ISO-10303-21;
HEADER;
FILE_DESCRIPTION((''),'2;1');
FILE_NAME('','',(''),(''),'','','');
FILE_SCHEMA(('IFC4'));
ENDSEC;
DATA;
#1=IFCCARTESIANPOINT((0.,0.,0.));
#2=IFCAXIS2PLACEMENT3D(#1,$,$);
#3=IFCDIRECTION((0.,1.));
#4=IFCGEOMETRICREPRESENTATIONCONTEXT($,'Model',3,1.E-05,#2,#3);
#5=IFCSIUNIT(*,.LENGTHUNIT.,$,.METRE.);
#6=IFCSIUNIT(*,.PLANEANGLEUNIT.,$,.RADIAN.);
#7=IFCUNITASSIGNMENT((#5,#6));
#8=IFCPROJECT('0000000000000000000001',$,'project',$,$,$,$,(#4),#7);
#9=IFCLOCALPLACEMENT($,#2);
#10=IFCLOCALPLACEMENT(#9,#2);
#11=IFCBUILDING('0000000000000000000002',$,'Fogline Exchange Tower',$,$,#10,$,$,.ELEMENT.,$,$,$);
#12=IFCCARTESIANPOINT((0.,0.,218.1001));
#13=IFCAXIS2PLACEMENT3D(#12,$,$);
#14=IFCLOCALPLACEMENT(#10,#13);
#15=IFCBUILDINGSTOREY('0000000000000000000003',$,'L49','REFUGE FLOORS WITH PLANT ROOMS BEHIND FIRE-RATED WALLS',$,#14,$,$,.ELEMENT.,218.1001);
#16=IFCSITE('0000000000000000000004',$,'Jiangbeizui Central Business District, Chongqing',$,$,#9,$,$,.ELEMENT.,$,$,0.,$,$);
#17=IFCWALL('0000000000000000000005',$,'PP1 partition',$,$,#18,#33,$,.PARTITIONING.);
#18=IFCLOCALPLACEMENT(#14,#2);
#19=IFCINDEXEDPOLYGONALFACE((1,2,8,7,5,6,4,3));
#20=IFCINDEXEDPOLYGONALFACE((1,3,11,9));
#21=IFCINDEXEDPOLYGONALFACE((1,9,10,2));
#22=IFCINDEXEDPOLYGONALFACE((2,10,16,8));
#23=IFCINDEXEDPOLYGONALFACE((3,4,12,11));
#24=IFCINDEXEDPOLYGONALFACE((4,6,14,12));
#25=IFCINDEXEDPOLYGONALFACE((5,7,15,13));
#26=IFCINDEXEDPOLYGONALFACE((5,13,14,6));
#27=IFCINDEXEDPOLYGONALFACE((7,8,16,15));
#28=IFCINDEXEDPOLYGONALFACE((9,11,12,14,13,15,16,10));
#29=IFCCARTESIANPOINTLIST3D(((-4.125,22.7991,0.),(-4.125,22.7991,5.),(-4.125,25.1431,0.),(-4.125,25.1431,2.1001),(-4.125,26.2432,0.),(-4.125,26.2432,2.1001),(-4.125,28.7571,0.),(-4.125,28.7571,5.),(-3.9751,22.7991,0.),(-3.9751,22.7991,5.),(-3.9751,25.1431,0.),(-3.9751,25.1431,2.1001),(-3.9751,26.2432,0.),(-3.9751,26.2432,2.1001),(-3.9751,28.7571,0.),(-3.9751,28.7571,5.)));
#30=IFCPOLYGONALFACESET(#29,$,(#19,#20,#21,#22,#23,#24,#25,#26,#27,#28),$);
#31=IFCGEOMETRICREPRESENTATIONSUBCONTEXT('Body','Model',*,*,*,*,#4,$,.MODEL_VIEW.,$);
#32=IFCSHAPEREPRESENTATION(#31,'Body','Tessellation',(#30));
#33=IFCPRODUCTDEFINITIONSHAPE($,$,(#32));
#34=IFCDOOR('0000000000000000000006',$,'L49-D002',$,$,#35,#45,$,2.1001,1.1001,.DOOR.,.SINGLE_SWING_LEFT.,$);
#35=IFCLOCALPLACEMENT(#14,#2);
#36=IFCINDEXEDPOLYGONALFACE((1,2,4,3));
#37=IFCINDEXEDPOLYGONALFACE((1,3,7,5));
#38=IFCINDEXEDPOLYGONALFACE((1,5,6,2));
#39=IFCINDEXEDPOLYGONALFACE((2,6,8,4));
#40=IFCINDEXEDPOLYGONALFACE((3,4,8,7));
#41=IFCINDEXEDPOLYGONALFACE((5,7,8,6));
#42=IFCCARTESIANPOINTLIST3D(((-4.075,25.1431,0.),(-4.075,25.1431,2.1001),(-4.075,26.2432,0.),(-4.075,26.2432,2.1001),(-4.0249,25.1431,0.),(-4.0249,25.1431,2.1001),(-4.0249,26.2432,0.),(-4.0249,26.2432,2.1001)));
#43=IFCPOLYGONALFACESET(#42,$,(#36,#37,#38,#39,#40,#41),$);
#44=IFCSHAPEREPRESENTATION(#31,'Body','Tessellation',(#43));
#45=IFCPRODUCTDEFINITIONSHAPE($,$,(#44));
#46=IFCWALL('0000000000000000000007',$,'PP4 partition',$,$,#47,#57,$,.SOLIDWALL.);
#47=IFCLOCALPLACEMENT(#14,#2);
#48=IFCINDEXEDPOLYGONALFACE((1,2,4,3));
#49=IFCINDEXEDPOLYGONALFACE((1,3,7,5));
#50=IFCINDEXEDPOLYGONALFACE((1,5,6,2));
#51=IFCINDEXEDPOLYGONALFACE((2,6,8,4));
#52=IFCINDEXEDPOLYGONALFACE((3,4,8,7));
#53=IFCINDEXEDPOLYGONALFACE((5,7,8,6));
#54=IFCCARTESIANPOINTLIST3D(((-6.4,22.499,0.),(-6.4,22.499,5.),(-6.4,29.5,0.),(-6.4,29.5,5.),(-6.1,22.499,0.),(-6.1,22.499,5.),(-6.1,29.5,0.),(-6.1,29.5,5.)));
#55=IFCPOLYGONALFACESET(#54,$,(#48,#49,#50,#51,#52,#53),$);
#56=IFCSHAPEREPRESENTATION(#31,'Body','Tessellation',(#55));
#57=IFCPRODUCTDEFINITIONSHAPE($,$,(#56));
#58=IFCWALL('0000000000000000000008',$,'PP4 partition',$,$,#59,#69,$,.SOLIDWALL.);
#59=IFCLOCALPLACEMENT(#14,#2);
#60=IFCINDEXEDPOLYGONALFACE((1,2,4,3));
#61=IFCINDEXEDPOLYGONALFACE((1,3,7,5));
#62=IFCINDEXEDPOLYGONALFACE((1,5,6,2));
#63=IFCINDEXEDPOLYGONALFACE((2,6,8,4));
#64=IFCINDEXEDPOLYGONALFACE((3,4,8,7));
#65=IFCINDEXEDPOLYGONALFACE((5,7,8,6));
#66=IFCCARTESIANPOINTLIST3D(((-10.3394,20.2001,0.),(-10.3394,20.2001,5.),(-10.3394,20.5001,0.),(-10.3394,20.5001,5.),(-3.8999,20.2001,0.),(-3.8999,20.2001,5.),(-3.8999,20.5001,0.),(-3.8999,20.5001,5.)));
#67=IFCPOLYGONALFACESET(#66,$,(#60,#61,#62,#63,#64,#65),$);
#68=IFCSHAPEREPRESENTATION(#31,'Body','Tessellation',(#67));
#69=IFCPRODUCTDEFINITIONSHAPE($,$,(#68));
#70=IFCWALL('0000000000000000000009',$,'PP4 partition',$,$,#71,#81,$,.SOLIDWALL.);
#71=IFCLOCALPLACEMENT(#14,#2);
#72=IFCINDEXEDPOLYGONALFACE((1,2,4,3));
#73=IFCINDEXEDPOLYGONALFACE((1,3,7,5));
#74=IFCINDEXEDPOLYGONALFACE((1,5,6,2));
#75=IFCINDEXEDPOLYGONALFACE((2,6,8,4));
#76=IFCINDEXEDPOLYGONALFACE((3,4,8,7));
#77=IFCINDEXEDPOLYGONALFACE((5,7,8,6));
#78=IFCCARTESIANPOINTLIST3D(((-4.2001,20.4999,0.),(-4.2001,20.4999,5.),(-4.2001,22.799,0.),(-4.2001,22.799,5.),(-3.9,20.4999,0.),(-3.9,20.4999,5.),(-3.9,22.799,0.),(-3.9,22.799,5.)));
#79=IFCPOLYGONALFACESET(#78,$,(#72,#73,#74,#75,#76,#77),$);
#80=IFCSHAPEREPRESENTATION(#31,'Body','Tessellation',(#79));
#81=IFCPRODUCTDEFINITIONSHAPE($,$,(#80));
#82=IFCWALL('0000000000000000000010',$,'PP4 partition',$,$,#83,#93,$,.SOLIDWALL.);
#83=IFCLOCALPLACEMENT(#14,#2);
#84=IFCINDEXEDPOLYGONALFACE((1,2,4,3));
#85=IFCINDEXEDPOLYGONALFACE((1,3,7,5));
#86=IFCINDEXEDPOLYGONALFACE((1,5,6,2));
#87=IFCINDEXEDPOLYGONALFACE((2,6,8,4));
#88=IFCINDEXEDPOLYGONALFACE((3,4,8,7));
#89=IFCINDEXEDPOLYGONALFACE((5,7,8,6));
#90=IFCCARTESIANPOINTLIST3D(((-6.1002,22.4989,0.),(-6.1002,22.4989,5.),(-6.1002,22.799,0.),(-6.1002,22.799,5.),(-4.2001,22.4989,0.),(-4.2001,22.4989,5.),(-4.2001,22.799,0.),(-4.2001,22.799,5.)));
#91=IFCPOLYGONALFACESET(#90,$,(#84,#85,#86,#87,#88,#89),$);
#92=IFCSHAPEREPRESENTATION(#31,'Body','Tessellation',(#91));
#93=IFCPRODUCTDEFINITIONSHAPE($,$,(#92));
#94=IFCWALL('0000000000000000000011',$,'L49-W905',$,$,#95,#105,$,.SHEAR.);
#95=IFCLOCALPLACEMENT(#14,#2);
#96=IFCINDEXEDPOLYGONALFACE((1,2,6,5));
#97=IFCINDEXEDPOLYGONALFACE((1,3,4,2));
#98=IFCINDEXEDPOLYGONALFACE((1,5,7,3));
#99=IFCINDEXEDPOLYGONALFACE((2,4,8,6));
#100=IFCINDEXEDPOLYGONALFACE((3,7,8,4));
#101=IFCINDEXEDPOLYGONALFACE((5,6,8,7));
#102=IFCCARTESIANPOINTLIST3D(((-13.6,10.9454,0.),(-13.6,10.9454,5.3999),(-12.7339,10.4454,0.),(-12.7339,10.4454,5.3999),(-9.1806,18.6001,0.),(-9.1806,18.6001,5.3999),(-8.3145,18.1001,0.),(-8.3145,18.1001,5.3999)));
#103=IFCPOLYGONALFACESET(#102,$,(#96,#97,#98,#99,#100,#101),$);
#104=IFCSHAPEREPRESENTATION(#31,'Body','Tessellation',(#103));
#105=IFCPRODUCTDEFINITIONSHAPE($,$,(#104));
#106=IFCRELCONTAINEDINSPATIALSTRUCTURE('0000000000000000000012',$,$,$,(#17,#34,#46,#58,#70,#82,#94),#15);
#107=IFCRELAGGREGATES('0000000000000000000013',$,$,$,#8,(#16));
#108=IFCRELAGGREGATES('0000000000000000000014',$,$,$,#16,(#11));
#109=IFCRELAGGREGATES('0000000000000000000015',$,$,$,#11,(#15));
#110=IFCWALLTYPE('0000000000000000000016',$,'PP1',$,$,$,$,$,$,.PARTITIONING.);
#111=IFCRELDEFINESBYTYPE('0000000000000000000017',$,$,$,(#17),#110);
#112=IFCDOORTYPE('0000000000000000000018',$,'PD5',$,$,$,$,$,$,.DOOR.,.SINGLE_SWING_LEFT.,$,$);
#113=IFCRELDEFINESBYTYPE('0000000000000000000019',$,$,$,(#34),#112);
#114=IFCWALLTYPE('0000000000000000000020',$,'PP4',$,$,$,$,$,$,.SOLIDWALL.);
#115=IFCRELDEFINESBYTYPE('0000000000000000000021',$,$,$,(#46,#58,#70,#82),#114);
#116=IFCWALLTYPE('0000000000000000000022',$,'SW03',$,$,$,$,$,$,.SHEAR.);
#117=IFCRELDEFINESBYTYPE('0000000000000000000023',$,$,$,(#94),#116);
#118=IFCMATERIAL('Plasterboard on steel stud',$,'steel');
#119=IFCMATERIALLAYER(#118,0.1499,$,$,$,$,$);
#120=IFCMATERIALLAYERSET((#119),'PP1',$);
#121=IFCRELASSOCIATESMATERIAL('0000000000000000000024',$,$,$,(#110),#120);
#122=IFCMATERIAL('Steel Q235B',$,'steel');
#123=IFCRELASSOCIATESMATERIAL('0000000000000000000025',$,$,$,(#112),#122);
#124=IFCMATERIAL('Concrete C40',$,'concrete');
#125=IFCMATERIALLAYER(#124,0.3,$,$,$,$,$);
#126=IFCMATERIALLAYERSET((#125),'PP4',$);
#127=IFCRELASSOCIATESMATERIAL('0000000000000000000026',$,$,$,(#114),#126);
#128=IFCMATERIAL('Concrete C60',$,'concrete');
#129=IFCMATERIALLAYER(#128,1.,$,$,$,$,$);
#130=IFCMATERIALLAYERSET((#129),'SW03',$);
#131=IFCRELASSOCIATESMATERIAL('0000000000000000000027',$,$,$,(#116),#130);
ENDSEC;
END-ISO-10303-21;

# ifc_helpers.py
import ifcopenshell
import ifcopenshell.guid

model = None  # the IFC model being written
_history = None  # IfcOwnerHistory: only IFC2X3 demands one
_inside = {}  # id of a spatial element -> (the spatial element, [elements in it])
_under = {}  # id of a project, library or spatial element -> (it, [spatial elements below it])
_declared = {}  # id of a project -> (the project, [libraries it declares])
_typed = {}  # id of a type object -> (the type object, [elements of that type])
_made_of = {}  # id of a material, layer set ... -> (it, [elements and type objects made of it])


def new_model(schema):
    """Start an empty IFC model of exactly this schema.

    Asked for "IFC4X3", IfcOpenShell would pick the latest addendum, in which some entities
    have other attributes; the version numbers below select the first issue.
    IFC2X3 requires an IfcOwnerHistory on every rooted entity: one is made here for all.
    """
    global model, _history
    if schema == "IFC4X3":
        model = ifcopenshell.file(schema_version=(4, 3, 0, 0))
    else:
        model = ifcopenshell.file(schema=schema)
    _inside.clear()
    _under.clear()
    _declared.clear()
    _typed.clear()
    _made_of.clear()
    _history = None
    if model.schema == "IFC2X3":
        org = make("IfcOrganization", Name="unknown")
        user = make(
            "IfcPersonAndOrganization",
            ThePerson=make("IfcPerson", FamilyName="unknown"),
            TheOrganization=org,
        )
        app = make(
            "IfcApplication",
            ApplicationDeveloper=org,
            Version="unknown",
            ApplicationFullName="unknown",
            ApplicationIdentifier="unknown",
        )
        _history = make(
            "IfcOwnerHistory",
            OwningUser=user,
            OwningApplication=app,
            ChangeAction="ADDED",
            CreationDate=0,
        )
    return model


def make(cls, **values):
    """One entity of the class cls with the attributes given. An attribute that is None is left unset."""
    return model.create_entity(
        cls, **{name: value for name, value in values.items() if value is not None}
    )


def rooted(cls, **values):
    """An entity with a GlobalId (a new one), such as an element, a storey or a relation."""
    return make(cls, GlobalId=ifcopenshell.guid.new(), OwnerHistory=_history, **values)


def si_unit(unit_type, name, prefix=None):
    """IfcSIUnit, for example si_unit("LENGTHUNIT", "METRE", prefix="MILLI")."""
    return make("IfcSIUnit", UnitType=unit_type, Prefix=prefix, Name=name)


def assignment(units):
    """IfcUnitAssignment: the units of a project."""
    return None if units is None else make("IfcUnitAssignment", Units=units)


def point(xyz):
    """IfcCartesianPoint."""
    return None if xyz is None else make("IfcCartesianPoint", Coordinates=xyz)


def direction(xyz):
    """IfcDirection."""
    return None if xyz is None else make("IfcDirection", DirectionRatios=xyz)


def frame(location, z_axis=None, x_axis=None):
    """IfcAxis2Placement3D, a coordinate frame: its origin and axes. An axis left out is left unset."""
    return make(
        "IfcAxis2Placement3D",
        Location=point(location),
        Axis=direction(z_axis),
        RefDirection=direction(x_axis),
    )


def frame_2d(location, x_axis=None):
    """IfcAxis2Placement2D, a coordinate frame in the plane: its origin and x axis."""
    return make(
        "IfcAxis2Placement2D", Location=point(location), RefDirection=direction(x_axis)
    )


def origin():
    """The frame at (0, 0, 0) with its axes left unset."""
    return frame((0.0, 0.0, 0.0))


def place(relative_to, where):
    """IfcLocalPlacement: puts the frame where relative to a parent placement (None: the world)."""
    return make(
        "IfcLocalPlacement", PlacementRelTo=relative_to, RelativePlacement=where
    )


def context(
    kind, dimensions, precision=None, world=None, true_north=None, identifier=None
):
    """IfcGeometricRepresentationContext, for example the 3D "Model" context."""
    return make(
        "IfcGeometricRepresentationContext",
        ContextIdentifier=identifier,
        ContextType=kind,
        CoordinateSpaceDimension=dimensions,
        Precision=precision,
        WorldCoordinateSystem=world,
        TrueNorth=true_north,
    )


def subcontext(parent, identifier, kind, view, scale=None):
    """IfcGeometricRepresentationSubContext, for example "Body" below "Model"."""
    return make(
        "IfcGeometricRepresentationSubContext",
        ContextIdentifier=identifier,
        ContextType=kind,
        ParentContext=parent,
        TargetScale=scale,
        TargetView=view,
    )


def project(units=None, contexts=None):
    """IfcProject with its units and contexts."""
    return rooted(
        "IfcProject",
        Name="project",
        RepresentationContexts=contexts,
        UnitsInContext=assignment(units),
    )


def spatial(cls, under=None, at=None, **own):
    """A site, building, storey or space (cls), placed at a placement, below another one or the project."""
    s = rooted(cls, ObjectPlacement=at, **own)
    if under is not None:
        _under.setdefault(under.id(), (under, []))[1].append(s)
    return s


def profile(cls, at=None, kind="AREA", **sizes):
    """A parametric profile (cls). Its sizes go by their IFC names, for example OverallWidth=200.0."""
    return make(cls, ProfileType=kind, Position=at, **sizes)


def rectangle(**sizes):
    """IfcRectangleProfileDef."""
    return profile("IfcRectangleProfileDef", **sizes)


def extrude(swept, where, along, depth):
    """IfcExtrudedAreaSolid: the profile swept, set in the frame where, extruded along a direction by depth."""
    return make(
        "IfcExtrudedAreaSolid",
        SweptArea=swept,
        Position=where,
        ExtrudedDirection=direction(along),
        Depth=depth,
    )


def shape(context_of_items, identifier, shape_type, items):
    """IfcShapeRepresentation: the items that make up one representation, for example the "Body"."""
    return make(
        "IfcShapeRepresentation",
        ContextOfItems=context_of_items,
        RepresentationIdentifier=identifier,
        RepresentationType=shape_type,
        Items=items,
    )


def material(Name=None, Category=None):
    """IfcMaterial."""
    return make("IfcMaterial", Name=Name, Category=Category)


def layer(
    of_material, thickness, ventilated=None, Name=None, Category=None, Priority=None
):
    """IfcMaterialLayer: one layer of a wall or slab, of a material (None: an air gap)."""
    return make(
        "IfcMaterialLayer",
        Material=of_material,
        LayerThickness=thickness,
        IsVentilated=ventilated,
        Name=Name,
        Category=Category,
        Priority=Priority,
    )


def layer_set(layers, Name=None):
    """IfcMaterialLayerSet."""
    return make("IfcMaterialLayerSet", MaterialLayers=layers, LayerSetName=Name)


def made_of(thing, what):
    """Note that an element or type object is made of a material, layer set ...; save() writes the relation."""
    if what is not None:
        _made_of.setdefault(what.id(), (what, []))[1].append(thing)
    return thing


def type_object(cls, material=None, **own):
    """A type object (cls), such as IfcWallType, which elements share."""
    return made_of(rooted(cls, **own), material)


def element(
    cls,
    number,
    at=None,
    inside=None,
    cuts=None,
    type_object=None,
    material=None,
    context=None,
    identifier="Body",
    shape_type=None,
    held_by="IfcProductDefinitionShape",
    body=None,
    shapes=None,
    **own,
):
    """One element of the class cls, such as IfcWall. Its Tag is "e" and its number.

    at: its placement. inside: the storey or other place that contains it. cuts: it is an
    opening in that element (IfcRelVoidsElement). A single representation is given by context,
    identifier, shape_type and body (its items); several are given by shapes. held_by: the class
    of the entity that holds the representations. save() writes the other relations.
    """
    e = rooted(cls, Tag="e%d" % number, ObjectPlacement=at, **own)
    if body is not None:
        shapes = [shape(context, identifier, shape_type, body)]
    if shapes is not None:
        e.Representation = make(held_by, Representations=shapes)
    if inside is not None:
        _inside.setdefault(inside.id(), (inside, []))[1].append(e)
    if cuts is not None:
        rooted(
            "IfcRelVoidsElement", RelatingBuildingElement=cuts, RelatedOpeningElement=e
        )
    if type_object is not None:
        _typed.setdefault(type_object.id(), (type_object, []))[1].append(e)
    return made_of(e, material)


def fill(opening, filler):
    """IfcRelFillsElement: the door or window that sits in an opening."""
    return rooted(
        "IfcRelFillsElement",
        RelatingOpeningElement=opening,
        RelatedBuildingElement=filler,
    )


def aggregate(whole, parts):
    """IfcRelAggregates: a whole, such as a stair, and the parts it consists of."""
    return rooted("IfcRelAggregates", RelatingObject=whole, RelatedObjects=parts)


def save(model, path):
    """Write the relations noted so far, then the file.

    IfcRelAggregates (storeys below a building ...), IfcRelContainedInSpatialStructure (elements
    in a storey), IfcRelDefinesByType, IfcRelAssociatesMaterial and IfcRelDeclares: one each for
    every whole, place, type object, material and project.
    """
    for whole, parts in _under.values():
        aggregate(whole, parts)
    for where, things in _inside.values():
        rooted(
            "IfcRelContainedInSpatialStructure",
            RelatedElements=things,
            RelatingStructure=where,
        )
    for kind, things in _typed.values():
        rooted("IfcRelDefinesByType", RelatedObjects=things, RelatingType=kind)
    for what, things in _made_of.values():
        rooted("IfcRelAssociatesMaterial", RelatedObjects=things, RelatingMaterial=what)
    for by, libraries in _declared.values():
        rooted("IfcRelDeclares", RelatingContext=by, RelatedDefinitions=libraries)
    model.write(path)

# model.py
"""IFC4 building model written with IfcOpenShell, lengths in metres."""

from ifc_helpers import new_model, si_unit, direction, frame, frame_2d, origin, place, context, subcontext, project, spatial, rectangle, extrude, material, layer, layer_set, type_object, element, fill, save


model = new_model("IFC4")

# Units and contexts
model_context = context("Model", 3, precision=1e-05, world=origin(), true_north=direction((0.0, 1.0)))
body_context = subcontext(model_context, "Body", "Model", "MODEL_VIEW")
ifc_project = project(units=[si_unit("LENGTHUNIT", "METRE"), si_unit("PLANEANGLEUNIT", "RADIAN")], contexts=[model_context])

# Site, building, storey
site_placement = place(None, origin())
site = spatial("IfcSite", under=ifc_project, at=site_placement, Name="Jiangbeizui Central Business District, Chongqing", CompositionType="ELEMENT", RefElevation=0.0)
building_placement = place(site_placement, origin())
building = spatial("IfcBuilding", under=site, at=building_placement, Name="Fogline Exchange Tower", CompositionType="ELEMENT")
storey_placement = place(building_placement, frame((0.0, 0.0, 218.1001)))
storey = spatial("IfcBuildingStorey", under=building, at=storey_placement, Name="L49", Description="REFUGE FLOORS WITH PLANT ROOMS BEHIND FIRE-RATED WALLS", CompositionType="ELEMENT", Elevation=218.1001)

# Shared definitions
ifc_material_1 = material(Name="Concrete C60", Category="concrete")

# Shared definitions
ifc_material_2 = material(Name="Concrete C40", Category="concrete")

# Wall, opening, door
ifc_material_3 = material(Name="Plasterboard on steel stud", Category="steel")
ifc_layer_1 = layer(ifc_material_3, 0.1499)
ifc_layer_set_1 = layer_set([ifc_layer_1], Name="PP1")
wall_type_1 = type_object("IfcWallType", Name="PP1", PredefinedType="PARTITIONING", material=ifc_layer_set_1)
wall_1_placement = place(storey_placement, frame((-4.05, 22.7991, 0.0), z_axis=(0.0, 0.0, 1.0), x_axis=(0.0, 1.0, 0.0)))
wall_1 = element("IfcWall", 1, at=wall_1_placement, inside=storey, type_object=wall_type_1, Name="PP1 partition", PredefinedType="PARTITIONING", context=body_context, shape_type="SweptSolid", body=[
    extrude(rectangle(XDim=5.958, YDim=0.1499, at=frame_2d((2.979, 0.0))), origin(), (0.0, 0.0, 1.0), 5.0),
])
opening_1_placement = place(wall_1_placement, frame((2.344, 0.0, 0.0)))
opening_1 = element("IfcOpeningElement", 2, at=opening_1_placement, cuts=wall_1, PredefinedType="OPENING", context=body_context, shape_type="SweptSolid", body=[
    extrude(rectangle(XDim=1.1001, YDim=2.1001, at=frame_2d((0.55, 1.05))), frame((0.0, 0.085, 0.0), z_axis=(0.0, -1.0, 0.0), x_axis=(1.0, 0.0, 0.0)), (0.0, 0.0, 1.0), 0.1699),
])
ifc_material_4 = material(Name="Steel Q235B", Category="steel")
door_type_1 = type_object("IfcDoorType", Name="PD5", OperationType="SINGLE_SWING_LEFT", PredefinedType="DOOR", material=ifc_material_4)
door_1_placement = place(opening_1_placement, origin())
door_1 = element("IfcDoor", 3, at=door_1_placement, inside=storey, type_object=door_type_1, Name="L49-D002", OperationType="SINGLE_SWING_LEFT", OverallHeight=2.1001, OverallWidth=1.1001, PredefinedType="DOOR", context=body_context, shape_type="SweptSolid", body=[
    extrude(rectangle(XDim=1.1001, YDim=2.1001, at=frame_2d((0.55, 1.05))), frame((0.0, 0.0249, 0.0), z_axis=(0.0, -1.0, 0.0), x_axis=(1.0, 0.0, 0.0)), (0.0, 0.0, 1.0), 0.05),
])
fill(opening_1, door_1)

# Walls
ifc_layer_2 = layer(ifc_material_2, 0.3)
ifc_layer_set_2 = layer_set([ifc_layer_2], Name="PP4")
wall_type_2 = type_object("IfcWallType", Name="PP4", PredefinedType="SOLIDWALL", material=ifc_layer_set_2)
wall_2_placement = place(storey_placement, frame((-6.25, 22.499, 0.0), z_axis=(0.0, 0.0, 1.0), x_axis=(0.0, 1.0, 0.0)))
element("IfcWall", 4, at=wall_2_placement, inside=storey, type_object=wall_type_2, Name="PP4 partition", PredefinedType="SOLIDWALL", context=body_context, shape_type="SweptSolid", body=[
    extrude(rectangle(XDim=7.001, YDim=0.3, at=frame_2d((3.5005, 0.0))), origin(), (0.0, 0.0, 1.0), 5.0),
])
wall_3_placement = place(storey_placement, frame((-10.3394, 20.3501, 0.0), z_axis=(0.0, 0.0, 1.0), x_axis=(1.0, 0.0, 0.0)))
element("IfcWall", 5, at=wall_3_placement, inside=storey, type_object=wall_type_2, Name="PP4 partition", PredefinedType="SOLIDWALL", context=body_context, shape_type="SweptSolid", body=[
    extrude(rectangle(XDim=6.4395, YDim=0.3, at=frame_2d((3.2197, 0.0))), origin(), (0.0, 0.0, 1.0), 5.0),
])
wall_4_placement = place(storey_placement, frame((-4.05, 20.5, 0.0), z_axis=(0.0, 0.0, 1.0), x_axis=(0.0, 1.0, 0.0)))
element("IfcWall", 6, at=wall_4_placement, inside=storey, type_object=wall_type_2, Name="PP4 partition", PredefinedType="SOLIDWALL", context=body_context, shape_type="SweptSolid", body=[
    extrude(rectangle(XDim=2.2991, YDim=0.3, at=frame_2d((1.1494, 0.0))), origin(), (0.0, 0.0, 1.0), 5.0),
])
wall_5_placement = place(storey_placement, frame((-4.2, 22.6489, 0.0), z_axis=(0.0, 0.0, 1.0), x_axis=(-1.0, 0.0, 0.0)))
element("IfcWall", 7, at=wall_5_placement, inside=storey, type_object=wall_type_2, Name="PP4 partition", PredefinedType="SOLIDWALL", context=body_context, shape_type="SweptSolid", body=[
    extrude(rectangle(XDim=1.9001, YDim=0.3, at=frame_2d((0.9502, 0.0))), origin(), (0.0, 0.0, 1.0), 5.0),
])
ifc_layer_3 = layer(ifc_material_1, 1.0)
ifc_layer_set_3 = layer_set([ifc_layer_3], Name="SW03")
wall_type_3 = type_object("IfcWallType", Name="SW03", PredefinedType="SHEAR", material=ifc_layer_set_3)
wall_6_placement = place(storey_placement, frame((-8.7476, 18.3501, 0.0), z_axis=(0.0, 0.0, 1.0), x_axis=(-0.499995, -0.866028, 0.0)))
element("IfcWall", 8, at=wall_6_placement, inside=storey, type_object=wall_type_3, Name="L49-W905", PredefinedType="SHEAR", context=body_context, shape_type="SweptSolid", body=[
    extrude(rectangle(XDim=8.8389, YDim=1.0, at=frame_2d((4.4194, 0.0))), origin(), (0.0, 0.0, 1.0), 5.3999),
])

save(model, "model.ifc")
